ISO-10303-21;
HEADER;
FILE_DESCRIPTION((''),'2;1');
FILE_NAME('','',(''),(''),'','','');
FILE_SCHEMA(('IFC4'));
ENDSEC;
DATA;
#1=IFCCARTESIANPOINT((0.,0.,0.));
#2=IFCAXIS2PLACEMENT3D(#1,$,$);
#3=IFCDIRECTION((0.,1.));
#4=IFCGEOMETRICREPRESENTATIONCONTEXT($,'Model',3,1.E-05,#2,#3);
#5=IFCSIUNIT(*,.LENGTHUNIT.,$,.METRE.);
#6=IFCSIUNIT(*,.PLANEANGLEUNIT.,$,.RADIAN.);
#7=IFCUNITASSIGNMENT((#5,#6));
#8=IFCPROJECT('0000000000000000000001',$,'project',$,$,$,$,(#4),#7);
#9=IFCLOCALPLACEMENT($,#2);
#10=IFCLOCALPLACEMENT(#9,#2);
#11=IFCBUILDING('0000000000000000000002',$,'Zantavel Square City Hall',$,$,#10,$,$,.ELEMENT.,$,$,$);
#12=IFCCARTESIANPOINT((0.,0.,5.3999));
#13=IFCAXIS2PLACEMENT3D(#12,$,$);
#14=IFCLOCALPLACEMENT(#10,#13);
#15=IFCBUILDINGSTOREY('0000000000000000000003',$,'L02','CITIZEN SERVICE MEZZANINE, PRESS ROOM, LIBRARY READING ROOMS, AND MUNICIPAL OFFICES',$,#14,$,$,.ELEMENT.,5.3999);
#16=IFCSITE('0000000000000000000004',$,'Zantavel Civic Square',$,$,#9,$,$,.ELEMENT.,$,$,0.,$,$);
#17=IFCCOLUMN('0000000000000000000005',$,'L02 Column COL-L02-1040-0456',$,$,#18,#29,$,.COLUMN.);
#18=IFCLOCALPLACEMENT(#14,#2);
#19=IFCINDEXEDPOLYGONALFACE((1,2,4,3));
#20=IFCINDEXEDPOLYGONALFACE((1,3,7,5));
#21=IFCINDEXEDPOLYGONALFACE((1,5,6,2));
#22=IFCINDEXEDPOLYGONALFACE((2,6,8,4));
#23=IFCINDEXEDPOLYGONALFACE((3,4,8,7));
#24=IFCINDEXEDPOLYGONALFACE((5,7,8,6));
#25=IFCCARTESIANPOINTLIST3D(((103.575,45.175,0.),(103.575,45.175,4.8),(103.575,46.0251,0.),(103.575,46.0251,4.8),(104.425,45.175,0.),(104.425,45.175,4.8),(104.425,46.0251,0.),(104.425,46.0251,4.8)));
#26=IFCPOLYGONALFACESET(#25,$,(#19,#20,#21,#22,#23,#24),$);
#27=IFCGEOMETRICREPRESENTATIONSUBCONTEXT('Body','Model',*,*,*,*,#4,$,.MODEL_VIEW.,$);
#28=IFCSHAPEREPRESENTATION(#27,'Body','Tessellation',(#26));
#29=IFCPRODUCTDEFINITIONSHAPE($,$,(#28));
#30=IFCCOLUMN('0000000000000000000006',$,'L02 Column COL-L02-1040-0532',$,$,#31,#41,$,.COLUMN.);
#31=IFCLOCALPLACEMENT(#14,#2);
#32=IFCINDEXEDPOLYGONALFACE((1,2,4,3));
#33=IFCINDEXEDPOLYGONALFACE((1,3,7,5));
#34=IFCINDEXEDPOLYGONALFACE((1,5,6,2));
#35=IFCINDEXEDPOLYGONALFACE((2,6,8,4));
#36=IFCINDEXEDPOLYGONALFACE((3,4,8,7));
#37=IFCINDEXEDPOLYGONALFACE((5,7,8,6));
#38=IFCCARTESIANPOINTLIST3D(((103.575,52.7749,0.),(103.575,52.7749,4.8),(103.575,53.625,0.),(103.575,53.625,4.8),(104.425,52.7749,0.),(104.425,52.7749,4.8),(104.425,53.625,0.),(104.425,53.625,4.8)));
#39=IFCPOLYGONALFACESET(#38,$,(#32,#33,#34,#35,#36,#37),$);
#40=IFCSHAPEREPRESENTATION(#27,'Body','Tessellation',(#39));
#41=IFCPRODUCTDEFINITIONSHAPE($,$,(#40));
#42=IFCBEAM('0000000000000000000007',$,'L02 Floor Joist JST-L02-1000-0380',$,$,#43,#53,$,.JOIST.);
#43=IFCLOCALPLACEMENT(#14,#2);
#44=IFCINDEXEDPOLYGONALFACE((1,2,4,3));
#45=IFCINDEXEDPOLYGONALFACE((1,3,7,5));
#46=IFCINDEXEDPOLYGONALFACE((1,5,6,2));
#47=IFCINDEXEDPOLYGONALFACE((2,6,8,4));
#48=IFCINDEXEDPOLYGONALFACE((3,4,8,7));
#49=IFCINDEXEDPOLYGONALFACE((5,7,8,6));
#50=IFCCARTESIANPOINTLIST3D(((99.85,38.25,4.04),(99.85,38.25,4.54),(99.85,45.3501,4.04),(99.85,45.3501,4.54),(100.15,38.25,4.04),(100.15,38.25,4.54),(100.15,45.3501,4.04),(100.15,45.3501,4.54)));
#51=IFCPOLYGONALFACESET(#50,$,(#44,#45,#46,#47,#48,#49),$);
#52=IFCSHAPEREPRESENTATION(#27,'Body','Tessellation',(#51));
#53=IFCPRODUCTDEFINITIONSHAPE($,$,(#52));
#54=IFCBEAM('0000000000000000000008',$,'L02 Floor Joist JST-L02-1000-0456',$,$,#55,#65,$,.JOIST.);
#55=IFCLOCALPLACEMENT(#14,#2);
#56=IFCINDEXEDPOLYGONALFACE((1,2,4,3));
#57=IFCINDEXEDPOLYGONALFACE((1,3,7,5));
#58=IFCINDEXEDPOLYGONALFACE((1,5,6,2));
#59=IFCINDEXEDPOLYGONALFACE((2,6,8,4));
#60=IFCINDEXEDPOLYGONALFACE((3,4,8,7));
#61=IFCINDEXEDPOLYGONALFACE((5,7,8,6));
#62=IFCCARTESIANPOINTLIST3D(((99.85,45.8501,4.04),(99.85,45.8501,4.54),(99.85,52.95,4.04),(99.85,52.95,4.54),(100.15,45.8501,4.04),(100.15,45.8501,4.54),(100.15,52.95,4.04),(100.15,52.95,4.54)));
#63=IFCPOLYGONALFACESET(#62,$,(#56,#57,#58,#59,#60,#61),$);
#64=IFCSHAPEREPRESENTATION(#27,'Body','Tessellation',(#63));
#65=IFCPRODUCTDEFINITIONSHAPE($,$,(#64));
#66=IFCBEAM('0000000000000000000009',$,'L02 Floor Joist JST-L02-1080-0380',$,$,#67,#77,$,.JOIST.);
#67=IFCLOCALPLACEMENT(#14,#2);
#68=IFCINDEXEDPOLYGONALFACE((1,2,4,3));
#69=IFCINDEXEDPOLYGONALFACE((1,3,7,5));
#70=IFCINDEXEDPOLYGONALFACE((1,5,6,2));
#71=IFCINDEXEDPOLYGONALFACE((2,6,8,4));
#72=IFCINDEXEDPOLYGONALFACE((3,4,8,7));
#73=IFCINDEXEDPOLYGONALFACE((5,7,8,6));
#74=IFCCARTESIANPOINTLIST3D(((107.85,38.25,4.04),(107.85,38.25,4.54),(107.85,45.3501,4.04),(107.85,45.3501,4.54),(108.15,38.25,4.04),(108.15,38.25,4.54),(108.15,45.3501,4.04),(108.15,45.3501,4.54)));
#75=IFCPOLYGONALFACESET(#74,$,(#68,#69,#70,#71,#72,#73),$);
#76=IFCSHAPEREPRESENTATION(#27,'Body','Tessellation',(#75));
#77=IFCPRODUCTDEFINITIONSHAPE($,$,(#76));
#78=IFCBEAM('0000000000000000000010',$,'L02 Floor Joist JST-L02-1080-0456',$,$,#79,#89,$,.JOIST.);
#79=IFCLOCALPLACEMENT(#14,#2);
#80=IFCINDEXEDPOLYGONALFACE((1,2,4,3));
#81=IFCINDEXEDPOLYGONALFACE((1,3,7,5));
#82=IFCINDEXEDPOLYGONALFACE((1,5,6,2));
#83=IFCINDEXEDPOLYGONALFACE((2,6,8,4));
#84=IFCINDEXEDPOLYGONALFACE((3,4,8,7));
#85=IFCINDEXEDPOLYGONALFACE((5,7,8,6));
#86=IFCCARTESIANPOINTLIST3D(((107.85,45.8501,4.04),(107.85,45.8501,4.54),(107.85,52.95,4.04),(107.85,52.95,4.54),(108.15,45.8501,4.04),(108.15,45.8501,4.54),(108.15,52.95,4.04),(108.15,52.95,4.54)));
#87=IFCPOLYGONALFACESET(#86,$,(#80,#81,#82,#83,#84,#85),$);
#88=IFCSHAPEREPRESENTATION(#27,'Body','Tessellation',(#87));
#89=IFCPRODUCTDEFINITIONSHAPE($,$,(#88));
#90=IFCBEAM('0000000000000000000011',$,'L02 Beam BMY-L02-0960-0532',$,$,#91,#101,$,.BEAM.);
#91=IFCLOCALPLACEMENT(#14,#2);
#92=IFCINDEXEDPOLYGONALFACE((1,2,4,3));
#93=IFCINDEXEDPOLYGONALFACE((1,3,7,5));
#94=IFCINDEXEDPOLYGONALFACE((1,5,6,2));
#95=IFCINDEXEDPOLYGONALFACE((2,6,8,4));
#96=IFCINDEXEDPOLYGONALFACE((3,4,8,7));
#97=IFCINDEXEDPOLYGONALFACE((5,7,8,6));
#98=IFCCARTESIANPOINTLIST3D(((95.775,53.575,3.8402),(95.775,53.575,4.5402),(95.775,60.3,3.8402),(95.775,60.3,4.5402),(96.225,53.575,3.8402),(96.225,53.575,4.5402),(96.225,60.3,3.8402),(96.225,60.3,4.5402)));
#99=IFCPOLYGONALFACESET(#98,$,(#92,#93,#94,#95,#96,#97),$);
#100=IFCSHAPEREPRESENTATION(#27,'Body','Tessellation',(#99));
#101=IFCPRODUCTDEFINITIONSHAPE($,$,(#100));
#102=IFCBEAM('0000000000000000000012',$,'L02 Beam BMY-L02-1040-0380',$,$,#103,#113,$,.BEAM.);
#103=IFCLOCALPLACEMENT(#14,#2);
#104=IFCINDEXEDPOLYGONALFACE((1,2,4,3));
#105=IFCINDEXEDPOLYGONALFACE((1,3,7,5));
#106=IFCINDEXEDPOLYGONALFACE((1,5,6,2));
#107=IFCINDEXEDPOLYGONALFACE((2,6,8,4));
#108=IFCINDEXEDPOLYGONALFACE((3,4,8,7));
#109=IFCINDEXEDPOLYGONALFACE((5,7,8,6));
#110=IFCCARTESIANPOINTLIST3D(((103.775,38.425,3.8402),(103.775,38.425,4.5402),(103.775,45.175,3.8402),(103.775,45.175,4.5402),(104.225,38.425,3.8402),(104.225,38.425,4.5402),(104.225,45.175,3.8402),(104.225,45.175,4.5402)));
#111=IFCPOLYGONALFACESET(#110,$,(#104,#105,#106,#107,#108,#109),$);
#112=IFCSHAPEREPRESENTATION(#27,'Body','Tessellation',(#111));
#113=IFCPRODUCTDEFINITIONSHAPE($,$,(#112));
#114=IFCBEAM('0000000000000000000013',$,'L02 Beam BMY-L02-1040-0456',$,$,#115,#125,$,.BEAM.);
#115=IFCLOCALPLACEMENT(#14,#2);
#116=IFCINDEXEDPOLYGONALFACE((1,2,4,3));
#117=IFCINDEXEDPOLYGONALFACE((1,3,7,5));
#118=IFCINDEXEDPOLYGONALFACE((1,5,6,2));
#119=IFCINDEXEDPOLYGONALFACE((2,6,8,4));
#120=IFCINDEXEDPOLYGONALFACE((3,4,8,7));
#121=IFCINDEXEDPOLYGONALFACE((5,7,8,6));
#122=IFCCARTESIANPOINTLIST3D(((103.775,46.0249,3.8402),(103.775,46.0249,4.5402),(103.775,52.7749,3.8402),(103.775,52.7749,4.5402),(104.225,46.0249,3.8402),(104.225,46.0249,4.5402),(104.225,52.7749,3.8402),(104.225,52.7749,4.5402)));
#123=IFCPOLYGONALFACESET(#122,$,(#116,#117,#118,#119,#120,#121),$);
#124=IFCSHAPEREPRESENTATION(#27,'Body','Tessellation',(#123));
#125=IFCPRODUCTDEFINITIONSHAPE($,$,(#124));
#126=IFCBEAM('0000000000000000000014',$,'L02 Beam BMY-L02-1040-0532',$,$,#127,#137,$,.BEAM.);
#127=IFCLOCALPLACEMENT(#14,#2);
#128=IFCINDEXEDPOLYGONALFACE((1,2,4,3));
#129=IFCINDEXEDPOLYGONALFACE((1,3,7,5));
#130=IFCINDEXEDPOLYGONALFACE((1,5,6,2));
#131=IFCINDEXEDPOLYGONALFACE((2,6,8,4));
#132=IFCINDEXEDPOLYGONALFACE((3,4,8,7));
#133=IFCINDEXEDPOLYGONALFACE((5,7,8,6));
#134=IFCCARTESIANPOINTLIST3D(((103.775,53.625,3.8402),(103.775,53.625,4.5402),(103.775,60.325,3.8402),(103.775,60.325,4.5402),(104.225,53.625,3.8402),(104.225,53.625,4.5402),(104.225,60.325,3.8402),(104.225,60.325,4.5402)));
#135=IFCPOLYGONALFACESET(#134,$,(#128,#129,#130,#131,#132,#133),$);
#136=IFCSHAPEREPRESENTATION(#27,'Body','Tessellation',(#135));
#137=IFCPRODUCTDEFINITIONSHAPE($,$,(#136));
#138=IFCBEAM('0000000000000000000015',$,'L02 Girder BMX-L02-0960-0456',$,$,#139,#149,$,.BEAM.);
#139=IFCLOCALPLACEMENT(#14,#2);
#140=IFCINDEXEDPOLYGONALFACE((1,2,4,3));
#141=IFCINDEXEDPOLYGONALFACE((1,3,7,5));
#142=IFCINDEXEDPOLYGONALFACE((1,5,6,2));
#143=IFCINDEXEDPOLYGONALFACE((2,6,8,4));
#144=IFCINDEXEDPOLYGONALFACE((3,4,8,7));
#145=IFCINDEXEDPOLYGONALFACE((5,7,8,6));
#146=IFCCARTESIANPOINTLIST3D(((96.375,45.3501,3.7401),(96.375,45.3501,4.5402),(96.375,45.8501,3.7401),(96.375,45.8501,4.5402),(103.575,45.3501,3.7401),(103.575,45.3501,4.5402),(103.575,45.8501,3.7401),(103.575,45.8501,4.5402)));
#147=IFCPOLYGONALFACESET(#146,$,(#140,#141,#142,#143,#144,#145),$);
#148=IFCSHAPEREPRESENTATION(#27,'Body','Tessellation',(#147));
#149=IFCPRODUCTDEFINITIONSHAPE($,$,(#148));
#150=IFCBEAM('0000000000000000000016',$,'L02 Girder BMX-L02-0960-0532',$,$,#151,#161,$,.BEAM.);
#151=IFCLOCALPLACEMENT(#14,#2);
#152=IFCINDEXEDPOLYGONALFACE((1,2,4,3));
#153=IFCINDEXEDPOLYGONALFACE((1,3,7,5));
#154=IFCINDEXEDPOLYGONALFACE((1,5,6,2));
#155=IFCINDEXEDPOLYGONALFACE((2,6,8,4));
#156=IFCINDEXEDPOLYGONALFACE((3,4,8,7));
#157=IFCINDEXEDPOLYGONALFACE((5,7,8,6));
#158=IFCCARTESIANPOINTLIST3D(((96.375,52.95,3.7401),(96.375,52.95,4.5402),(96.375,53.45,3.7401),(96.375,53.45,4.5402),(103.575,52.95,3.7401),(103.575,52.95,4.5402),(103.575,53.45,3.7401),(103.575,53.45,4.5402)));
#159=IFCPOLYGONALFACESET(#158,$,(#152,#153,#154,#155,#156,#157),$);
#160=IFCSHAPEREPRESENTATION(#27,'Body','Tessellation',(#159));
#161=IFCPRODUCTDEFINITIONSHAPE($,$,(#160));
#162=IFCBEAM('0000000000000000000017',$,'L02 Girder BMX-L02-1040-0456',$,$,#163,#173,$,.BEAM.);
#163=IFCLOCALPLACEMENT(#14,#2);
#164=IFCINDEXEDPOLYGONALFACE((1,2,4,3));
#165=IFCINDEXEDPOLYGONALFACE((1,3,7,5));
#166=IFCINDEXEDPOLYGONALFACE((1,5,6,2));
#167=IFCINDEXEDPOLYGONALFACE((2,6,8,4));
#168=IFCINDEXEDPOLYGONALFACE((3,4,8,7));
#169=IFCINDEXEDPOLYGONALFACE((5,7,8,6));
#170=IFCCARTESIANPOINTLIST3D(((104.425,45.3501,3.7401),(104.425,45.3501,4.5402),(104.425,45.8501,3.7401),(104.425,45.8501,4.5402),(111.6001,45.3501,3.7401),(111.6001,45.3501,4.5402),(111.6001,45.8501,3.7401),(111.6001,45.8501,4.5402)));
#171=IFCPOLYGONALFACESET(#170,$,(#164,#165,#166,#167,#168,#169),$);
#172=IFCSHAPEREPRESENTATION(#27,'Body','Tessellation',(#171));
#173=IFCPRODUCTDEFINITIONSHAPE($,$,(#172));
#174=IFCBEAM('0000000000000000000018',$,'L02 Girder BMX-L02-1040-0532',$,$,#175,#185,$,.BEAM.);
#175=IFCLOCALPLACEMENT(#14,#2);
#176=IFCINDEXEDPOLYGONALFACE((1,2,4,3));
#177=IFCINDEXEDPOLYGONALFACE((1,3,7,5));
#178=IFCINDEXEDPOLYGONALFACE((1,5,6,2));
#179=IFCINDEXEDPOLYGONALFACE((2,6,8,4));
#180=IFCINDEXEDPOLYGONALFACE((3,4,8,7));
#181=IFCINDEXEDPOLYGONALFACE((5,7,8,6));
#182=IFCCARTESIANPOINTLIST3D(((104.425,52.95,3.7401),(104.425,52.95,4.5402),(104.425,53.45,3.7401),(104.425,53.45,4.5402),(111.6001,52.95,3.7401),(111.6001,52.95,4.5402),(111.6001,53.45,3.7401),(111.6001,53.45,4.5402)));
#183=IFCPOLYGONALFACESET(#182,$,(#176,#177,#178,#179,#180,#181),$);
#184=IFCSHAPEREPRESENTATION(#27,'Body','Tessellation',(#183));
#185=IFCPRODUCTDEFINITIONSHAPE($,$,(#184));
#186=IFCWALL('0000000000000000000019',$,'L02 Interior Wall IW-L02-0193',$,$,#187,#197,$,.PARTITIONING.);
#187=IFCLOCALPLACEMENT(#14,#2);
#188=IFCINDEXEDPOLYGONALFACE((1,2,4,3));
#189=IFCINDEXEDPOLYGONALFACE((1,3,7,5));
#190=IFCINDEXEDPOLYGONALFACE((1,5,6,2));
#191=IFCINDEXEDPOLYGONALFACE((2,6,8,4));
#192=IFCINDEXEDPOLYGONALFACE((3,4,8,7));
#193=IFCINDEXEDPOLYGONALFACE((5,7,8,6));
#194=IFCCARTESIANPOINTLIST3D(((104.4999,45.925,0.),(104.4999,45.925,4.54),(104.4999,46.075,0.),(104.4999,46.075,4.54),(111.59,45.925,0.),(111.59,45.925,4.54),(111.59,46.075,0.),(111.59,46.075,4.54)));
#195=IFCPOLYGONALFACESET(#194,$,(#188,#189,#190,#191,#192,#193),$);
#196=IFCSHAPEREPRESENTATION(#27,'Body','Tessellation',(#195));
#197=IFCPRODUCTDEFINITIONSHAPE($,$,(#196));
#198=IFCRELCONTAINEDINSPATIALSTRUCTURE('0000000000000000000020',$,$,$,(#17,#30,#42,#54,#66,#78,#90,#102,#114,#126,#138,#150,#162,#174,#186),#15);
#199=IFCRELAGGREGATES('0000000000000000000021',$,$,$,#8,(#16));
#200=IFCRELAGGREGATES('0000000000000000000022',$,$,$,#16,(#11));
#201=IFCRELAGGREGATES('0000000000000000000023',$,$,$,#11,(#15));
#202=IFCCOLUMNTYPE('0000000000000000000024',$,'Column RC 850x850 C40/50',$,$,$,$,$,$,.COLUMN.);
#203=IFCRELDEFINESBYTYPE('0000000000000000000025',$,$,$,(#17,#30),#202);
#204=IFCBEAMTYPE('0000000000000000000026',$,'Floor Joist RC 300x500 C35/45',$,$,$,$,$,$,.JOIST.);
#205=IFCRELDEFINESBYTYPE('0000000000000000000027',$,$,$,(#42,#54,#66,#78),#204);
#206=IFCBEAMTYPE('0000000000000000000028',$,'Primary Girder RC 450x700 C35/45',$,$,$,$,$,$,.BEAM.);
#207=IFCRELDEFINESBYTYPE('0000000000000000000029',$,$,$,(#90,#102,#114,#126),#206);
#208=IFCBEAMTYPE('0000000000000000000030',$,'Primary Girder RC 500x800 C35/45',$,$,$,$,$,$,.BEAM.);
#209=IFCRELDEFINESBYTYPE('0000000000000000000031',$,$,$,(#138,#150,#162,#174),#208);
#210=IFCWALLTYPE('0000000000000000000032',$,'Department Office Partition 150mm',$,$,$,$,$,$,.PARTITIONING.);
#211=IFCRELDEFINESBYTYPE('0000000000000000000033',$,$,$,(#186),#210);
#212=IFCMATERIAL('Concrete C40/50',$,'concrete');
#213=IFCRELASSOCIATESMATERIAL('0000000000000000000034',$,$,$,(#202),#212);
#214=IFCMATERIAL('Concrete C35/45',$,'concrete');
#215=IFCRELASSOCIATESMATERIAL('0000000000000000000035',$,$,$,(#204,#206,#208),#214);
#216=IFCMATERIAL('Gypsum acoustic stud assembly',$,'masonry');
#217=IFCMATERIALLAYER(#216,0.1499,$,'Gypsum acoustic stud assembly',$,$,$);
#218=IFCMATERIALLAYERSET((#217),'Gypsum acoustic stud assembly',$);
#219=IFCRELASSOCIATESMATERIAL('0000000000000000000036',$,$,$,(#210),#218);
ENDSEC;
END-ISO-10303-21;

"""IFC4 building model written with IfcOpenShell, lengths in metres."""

from ifc_helpers import new_model, si_unit, direction, frame, frame_2d, origin, origin_2d, place, context, subcontext, project, spatial, rectangle, extrude, material, layer, layer_set, material_profile, profile_set, type_object, element, save


model = new_model("IFC4")

# Units and contexts
model_context = context("Model", 3, precision=1e-05, world=origin(), true_north=direction((0.0, 1.0)))
body_context = subcontext(model_context, "Body", "Model", "MODEL_VIEW")
ifc_project = project(units=[si_unit("LENGTHUNIT", "METRE"), si_unit("PLANEANGLEUNIT", "RADIAN")], contexts=[model_context])

# Site, building, storey
site_placement = place(None, origin())
site = spatial("IfcSite", under=ifc_project, at=site_placement, Name="Zantavel Civic Square", CompositionType="ELEMENT", RefElevation=0.0)
building_placement = place(site_placement, origin())
building = spatial("IfcBuilding", under=site, at=building_placement, Name="Zantavel Square City Hall", CompositionType="ELEMENT")
storey_placement = place(building_placement, frame((0.0, 0.0, 5.3999)))
storey = spatial("IfcBuildingStorey", under=building, at=storey_placement, Name="L02", Description="CITIZEN SERVICE MEZZANINE, PRESS ROOM, LIBRARY READING ROOMS, AND MUNICIPAL OFFICES", CompositionType="ELEMENT", Elevation=5.3999)

# Columns
ifc_material_1 = material(Name="Concrete C40/50", Category="concrete")
ifc_material_profile_1 = material_profile(ifc_material_1, rectangle(XDim=0.8501, YDim=0.8501, at=origin_2d()), Name="RC 850x850")
ifc_profile_set_1 = profile_set([ifc_material_profile_1], Name="Concrete C40/50")
column_type = type_object("IfcColumnType", Name="Column RC 850x850 C40/50", PredefinedType="COLUMN", material=ifc_profile_set_1)
for number, where, z_axis, x_axis, name in (
    (1, (104.0, 45.6001, 0.0), (0.0, 0.0, 1.0), (1.0, 0.0, 0.0), "L02 Column COL-L02-1040-0456"),
    (2, (104.0, 53.2, 0.0), (0.0, 0.0, 1.0), (1.0, 0.0, 0.0), "L02 Column COL-L02-1040-0532"),
):
    element("IfcColumn", number, at=place(storey_placement, frame(where, z_axis=z_axis, x_axis=x_axis)), inside=storey, type_object=column_type, Name=name, PredefinedType="COLUMN", context=body_context, shape_type="SweptSolid", body=[
        extrude(rectangle(XDim=0.8501, YDim=0.8501, at=origin_2d()), origin(), (0.0, 0.0, 1.0), 4.8),
    ])

# Beams
ifc_material_2 = material(Name="Concrete C35/45", Category="concrete")
ifc_material_profile_2 = material_profile(ifc_material_2, rectangle(XDim=0.3, YDim=0.5, at=origin_2d()), Name="RC 300x500")
ifc_profile_set_2 = profile_set([ifc_material_profile_2], Name="Concrete C35/45")
beam_type_1 = type_object("IfcBeamType", Name="Floor Joist RC 300x500 C35/45", PredefinedType="JOIST", material=ifc_profile_set_2)
beam_1_placement = place(storey_placement, frame((100.0, 38.25, 4.29), z_axis=(0.0, 1.0, 0.0), x_axis=(-1.0, 0.0, 0.0)))
element("IfcBeam", 3, at=beam_1_placement, inside=storey, type_object=beam_type_1, Name="L02 Floor Joist JST-L02-1000-0380", PredefinedType="JOIST", context=body_context, shape_type="SweptSolid", body=[
    extrude(rectangle(XDim=0.3, YDim=0.5, at=origin_2d()), origin(), (0.0, 0.0, 1.0), 7.1001),
])
beam_2_placement = place(storey_placement, frame((100.0, 45.8501, 4.29), z_axis=(0.0, 1.0, 0.0), x_axis=(-1.0, 0.0, 0.0)))
element("IfcBeam", 4, at=beam_2_placement, inside=storey, type_object=beam_type_1, Name="L02 Floor Joist JST-L02-1000-0456", PredefinedType="JOIST", context=body_context, shape_type="SweptSolid", body=[
    extrude(rectangle(XDim=0.3, YDim=0.5, at=origin_2d()), origin(), (0.0, 0.0, 1.0), 7.0999),
])
beam_3_placement = place(storey_placement, frame((108.0, 38.25, 4.29), z_axis=(0.0, 1.0, 0.0), x_axis=(-1.0, 0.0, 0.0)))
element("IfcBeam", 5, at=beam_3_placement, inside=storey, type_object=beam_type_1, Name="L02 Floor Joist JST-L02-1080-0380", PredefinedType="JOIST", context=body_context, shape_type="SweptSolid", body=[
    extrude(rectangle(XDim=0.3, YDim=0.5, at=origin_2d()), origin(), (0.0, 0.0, 1.0), 7.1001),
])
beam_4_placement = place(storey_placement, frame((108.0, 45.8501, 4.29), z_axis=(0.0, 1.0, 0.0), x_axis=(-1.0, 0.0, 0.0)))
element("IfcBeam", 6, at=beam_4_placement, inside=storey, type_object=beam_type_1, Name="L02 Floor Joist JST-L02-1080-0456", PredefinedType="JOIST", context=body_context, shape_type="SweptSolid", body=[
    extrude(rectangle(XDim=0.3, YDim=0.5, at=origin_2d()), origin(), (0.0, 0.0, 1.0), 7.0999),
])
ifc_material_profile_3 = material_profile(ifc_material_2, rectangle(XDim=0.45, YDim=0.7, at=origin_2d()), Name="RC 450x700")
ifc_profile_set_3 = profile_set([ifc_material_profile_3], Name="Concrete C35/45")
beam_type_2 = type_object("IfcBeamType", Name="Primary Girder RC 450x700 C35/45", PredefinedType="BEAM", material=ifc_profile_set_3)
beam_5_placement = place(storey_placement, frame((96.0, 53.575, 4.1902), z_axis=(0.0, 1.0, 0.0), x_axis=(-1.0, 0.0, 0.0)))
element("IfcBeam", 7, at=beam_5_placement, inside=storey, type_object=beam_type_2, Name="L02 Beam BMY-L02-0960-0532", PredefinedType="BEAM", context=body_context, shape_type="SweptSolid", body=[
    extrude(rectangle(XDim=0.45, YDim=0.7, at=origin_2d()), origin(), (0.0, 0.0, 1.0), 6.7251),
])
for number, where, z_axis, x_axis, name in (
    (8, (104.0, 38.425, 4.1902), (0.0, 1.0, 0.0), (-1.0, 0.0, 0.0), "L02 Beam BMY-L02-1040-0380"),
    (9, (104.0, 46.0249, 4.1902), (0.0, 1.0, 0.0), (-1.0, 0.0, 0.0), "L02 Beam BMY-L02-1040-0456"),
):
    element("IfcBeam", number, at=place(storey_placement, frame(where, z_axis=z_axis, x_axis=x_axis)), inside=storey, type_object=beam_type_2, Name=name, PredefinedType="BEAM", context=body_context, shape_type="SweptSolid", body=[
        extrude(rectangle(XDim=0.45, YDim=0.7, at=origin_2d()), origin(), (0.0, 0.0, 1.0), 6.75),
    ])
beam_6_placement = place(storey_placement, frame((104.0, 53.625, 4.1902), z_axis=(0.0, 1.0, 0.0), x_axis=(-1.0, 0.0, 0.0)))
element("IfcBeam", 10, at=beam_6_placement, inside=storey, type_object=beam_type_2, Name="L02 Beam BMY-L02-1040-0532", PredefinedType="BEAM", context=body_context, shape_type="SweptSolid", body=[
    extrude(rectangle(XDim=0.45, YDim=0.7, at=origin_2d()), origin(), (0.0, 0.0, 1.0), 6.7),
])
ifc_material_profile_4 = material_profile(ifc_material_2, rectangle(XDim=0.5, YDim=0.8, at=origin_2d()), Name="RC 500x800")
ifc_profile_set_4 = profile_set([ifc_material_profile_4], Name="Concrete C35/45")
beam_type_3 = type_object("IfcBeamType", Name="Primary Girder RC 500x800 C35/45", PredefinedType="BEAM", material=ifc_profile_set_4)
for number, where, z_axis, x_axis, name in (
    (11, (96.375, 45.6001, 4.1401), (1.0, 0.0, 0.0), (0.0, 1.0, 0.0), "L02 Girder BMX-L02-0960-0456"),
    (12, (96.375, 53.2, 4.1401), (1.0, 0.0, 0.0), (0.0, 1.0, 0.0), "L02 Girder BMX-L02-0960-0532"),
):
    element("IfcBeam", number, at=place(storey_placement, frame(where, z_axis=z_axis, x_axis=x_axis)), inside=storey, type_object=beam_type_3, Name=name, PredefinedType="BEAM", context=body_context, shape_type="SweptSolid", body=[
        extrude(rectangle(XDim=0.5, YDim=0.8, at=origin_2d()), origin(), (0.0, 0.0, 1.0), 7.2),
    ])
for number, where, z_axis, x_axis, name in (
    (13, (104.425, 45.6001, 4.1401), (1.0, 0.0, 0.0), (0.0, 1.0, 0.0), "L02 Girder BMX-L02-1040-0456"),
    (14, (104.425, 53.2, 4.1401), (1.0, 0.0, 0.0), (0.0, 1.0, 0.0), "L02 Girder BMX-L02-1040-0532"),
):
    element("IfcBeam", number, at=place(storey_placement, frame(where, z_axis=z_axis, x_axis=x_axis)), inside=storey, type_object=beam_type_3, Name=name, PredefinedType="BEAM", context=body_context, shape_type="SweptSolid", body=[
        extrude(rectangle(XDim=0.5, YDim=0.8, at=origin_2d()), origin(), (0.0, 0.0, 1.0), 7.175),
    ])

# Wall
ifc_material_3 = material(Name="Gypsum acoustic stud assembly", Category="masonry")
ifc_layer_1 = layer(ifc_material_3, 0.1499, Name="Gypsum acoustic stud assembly")
ifc_layer_set_1 = layer_set([ifc_layer_1], Name="Gypsum acoustic stud assembly")
wall_type_1 = type_object("IfcWallType", Name="Department Office Partition 150mm", PredefinedType="PARTITIONING", material=ifc_layer_set_1)
wall_1_placement = place(storey_placement, frame((104.5, 46.0, 0.0), z_axis=(0.0, 0.0, 1.0), x_axis=(1.0, 0.0, 0.0)))
element("IfcWall", 15, at=wall_1_placement, inside=storey, type_object=wall_type_1, Name="L02 Interior Wall IW-L02-0193", PredefinedType="PARTITIONING", context=body_context, shape_type="SweptSolid", body=[
    extrude(rectangle(XDim=7.0901, YDim=0.1499, at=frame_2d((3.5449, 0.0))), origin(), (0.0, 0.0, 1.0), 4.54),
])

save(model, "model.ifc")
